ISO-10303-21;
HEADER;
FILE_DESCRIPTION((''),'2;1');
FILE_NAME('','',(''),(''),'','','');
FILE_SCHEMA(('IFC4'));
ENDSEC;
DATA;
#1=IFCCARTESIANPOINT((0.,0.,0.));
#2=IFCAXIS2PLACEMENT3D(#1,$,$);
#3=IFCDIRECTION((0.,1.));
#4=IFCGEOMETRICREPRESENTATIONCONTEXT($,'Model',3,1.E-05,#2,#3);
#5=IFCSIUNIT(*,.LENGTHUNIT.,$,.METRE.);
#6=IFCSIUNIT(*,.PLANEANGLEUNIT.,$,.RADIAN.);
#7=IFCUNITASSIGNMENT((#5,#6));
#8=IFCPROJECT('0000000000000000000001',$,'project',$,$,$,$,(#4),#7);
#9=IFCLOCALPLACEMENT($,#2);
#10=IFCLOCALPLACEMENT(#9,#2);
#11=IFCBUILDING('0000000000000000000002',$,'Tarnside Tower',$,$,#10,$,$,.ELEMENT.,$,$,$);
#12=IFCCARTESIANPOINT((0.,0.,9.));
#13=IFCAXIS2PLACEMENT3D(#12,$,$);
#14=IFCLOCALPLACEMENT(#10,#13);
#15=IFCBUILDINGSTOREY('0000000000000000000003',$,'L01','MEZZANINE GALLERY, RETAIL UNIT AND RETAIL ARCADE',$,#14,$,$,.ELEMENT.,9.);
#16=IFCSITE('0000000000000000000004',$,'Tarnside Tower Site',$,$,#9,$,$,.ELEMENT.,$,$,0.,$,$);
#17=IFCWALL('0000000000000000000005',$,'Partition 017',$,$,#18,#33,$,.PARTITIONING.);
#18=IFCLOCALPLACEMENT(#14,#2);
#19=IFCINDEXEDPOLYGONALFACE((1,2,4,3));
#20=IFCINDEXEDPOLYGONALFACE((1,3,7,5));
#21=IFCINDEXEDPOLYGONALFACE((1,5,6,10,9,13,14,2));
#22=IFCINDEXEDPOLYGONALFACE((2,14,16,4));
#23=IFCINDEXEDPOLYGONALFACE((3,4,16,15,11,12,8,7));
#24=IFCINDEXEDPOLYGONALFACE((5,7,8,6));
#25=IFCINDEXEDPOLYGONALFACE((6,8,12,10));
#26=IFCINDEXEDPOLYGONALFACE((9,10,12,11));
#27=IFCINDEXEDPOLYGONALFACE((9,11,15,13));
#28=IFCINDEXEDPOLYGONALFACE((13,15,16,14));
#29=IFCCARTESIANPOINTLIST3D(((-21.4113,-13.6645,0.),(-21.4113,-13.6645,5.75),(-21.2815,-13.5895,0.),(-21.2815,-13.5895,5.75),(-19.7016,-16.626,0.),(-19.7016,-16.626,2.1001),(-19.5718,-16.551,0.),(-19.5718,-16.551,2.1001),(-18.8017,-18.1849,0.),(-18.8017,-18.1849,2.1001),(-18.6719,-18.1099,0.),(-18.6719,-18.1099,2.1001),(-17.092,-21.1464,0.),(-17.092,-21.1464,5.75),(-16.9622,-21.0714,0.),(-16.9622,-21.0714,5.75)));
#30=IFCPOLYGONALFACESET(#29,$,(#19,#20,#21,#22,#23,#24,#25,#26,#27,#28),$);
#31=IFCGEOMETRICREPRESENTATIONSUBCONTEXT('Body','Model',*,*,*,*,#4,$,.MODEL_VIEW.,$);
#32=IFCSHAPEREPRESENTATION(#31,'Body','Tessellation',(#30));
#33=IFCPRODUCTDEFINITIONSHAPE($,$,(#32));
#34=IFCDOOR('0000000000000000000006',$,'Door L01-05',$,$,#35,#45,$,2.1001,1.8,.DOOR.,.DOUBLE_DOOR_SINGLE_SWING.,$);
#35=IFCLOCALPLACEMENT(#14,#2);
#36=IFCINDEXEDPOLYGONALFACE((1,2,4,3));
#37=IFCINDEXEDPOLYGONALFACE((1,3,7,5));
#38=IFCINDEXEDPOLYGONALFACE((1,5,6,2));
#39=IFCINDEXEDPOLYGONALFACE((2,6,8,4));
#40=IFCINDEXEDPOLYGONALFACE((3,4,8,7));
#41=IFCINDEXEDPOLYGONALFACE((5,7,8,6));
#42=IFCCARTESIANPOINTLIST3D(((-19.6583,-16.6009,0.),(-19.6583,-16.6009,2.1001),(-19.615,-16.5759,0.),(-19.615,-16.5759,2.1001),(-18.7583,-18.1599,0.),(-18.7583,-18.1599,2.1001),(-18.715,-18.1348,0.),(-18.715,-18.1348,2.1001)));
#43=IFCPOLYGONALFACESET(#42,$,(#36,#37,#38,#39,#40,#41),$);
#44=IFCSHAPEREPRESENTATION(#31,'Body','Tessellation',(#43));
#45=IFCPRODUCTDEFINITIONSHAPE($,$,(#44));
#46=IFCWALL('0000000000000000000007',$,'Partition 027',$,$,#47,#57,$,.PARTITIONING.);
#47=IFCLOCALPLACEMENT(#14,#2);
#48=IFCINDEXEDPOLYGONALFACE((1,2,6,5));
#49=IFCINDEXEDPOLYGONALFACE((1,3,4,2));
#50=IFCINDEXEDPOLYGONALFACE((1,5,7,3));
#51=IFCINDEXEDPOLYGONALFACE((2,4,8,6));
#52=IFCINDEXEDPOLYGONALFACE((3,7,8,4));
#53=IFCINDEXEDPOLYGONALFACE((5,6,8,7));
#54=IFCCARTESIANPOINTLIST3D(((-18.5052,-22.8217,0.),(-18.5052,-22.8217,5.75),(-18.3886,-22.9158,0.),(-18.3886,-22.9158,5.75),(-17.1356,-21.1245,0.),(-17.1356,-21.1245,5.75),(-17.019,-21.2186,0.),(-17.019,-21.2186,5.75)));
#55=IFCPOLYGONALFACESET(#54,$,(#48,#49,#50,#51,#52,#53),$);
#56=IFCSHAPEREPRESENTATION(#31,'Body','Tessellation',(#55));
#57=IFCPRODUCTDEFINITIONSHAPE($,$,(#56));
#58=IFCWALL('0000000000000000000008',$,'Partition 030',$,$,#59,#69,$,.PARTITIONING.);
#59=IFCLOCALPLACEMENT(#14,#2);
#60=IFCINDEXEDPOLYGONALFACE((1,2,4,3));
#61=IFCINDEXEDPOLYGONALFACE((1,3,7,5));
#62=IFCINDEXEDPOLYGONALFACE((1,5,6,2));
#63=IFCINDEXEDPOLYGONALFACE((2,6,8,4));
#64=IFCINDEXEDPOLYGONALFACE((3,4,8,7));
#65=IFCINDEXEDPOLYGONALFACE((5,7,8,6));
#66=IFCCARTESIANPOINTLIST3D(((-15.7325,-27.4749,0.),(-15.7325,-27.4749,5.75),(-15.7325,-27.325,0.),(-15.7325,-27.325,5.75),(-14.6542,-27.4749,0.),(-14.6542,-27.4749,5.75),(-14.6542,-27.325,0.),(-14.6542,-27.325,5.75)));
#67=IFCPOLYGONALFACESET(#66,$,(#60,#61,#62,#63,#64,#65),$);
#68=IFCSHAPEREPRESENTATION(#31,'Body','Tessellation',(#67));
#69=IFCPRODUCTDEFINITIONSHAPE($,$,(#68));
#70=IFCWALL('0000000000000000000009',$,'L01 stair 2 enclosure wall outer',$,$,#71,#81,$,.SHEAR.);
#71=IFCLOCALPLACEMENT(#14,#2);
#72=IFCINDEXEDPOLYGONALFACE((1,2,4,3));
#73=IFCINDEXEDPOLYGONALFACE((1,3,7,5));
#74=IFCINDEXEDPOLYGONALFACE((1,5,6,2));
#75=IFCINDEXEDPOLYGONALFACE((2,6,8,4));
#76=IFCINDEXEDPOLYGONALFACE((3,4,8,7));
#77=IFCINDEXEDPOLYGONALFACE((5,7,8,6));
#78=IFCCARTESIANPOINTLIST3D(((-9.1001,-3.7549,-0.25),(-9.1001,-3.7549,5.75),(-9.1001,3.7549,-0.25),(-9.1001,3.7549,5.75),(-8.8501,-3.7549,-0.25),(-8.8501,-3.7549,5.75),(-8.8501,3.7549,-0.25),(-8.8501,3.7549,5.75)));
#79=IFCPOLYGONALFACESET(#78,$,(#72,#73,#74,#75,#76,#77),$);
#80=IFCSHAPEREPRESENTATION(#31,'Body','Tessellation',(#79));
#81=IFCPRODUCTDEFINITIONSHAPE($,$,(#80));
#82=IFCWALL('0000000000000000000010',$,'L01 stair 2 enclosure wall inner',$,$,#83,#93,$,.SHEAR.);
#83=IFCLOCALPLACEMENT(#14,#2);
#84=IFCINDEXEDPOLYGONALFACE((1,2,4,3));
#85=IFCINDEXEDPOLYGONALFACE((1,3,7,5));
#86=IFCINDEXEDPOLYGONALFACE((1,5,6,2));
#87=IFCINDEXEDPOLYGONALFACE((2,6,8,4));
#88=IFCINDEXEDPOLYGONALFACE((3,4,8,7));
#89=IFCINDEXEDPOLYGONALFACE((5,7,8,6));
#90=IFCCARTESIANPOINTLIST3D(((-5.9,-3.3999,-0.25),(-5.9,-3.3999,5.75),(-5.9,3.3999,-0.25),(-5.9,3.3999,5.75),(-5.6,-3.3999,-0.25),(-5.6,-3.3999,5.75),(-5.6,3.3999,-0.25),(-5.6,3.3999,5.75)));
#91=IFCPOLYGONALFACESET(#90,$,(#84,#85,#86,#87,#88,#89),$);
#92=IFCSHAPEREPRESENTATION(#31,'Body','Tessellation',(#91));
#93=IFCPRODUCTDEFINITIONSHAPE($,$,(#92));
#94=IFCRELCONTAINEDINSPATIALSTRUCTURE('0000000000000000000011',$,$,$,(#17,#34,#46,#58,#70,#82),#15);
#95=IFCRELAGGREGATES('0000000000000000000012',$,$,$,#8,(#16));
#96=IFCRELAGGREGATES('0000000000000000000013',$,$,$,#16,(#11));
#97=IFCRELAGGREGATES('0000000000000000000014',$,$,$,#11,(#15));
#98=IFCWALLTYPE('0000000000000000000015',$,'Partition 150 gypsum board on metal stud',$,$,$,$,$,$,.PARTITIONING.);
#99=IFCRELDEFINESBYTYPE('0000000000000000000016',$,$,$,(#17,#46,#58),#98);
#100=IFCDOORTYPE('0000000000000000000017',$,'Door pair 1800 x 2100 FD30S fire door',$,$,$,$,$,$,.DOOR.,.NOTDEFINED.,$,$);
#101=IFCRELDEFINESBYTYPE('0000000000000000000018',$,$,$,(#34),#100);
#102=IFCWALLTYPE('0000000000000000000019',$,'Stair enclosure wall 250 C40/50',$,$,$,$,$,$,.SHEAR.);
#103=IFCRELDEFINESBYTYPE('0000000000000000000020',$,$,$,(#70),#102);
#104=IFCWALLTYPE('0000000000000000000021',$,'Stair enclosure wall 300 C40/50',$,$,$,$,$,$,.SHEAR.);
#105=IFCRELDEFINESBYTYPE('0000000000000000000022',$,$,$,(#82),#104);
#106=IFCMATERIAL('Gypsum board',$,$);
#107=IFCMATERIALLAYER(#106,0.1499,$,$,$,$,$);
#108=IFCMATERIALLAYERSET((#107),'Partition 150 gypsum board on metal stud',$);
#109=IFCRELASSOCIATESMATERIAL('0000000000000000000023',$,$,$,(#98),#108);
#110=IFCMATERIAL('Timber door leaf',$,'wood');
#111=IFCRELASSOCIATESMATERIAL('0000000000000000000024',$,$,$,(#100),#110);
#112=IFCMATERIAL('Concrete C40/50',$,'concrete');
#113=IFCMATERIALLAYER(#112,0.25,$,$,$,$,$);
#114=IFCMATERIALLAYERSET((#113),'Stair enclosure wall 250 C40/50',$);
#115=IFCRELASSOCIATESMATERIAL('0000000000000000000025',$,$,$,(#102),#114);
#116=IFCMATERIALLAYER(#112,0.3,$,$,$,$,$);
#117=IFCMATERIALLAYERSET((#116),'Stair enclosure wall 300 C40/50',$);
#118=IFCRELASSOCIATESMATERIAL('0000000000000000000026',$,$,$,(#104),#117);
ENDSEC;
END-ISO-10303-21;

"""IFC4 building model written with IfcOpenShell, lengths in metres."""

from ifc_helpers import new_model, si_unit, direction, frame, frame_2d, origin, place, context, subcontext, project, spatial, rectangle, extrude, material, layer, layer_set, type_object, element, fill, save


model = new_model("IFC4")

# Units and contexts
model_context = context("Model", 3, precision=1e-05, world=origin(), true_north=direction((0.0, 1.0)))
body_context = subcontext(model_context, "Body", "Model", "MODEL_VIEW")
ifc_project = project(units=[si_unit("LENGTHUNIT", "METRE"), si_unit("PLANEANGLEUNIT", "RADIAN")], contexts=[model_context])

# Site, building, storey
site_placement = place(None, origin())
site = spatial("IfcSite", under=ifc_project, at=site_placement, Name="Tarnside Tower Site", CompositionType="ELEMENT", RefElevation=0.0)
building_placement = place(site_placement, origin())
building = spatial("IfcBuilding", under=site, at=building_placement, Name="Tarnside Tower", CompositionType="ELEMENT")
storey_placement = place(building_placement, frame((0.0, 0.0, 9.0)))
storey = spatial("IfcBuildingStorey", under=building, at=storey_placement, Name="L01", Description="MEZZANINE GALLERY, RETAIL UNIT AND RETAIL ARCADE", CompositionType="ELEMENT", Elevation=9.0)

# Shared definitions
ifc_material_1 = material(Name="Concrete C40/50", Category="concrete")

# Wall, opening, door
ifc_material_2 = material(Name="Gypsum board")
ifc_layer_1 = layer(ifc_material_2, 0.1499)
ifc_layer_set_1 = layer_set([ifc_layer_1], Name="Partition 150 gypsum board on metal stud")
wall_type_1 = type_object("IfcWallType", Name="Partition 150 gypsum board on metal stud", PredefinedType="PARTITIONING", material=ifc_layer_set_1)
wall_1_placement = place(storey_placement, frame((-17.0271, -21.1089, 0.0), z_axis=(0.0, 0.0, 1.0), x_axis=(-0.499969, 0.866043, 0.0)))
wall_1 = element("IfcWall", 1, at=wall_1_placement, inside=storey, type_object=wall_type_1, Name="Partition 017", PredefinedType="PARTITIONING", context=body_context, shape_type="SweptSolid", body=[
    extrude(rectangle(XDim=8.6392, YDim=0.1499, at=frame_2d((4.3196, 0.0))), origin(), (0.0, 0.0, 1.0), 5.75),
])
opening_1_placement = place(wall_1_placement, frame((3.4197, 0.0, 0.0)))
opening_1 = element("IfcOpeningElement", 2, at=opening_1_placement, cuts=wall_1, PredefinedType="OPENING", context=body_context, shape_type="SweptSolid", body=[
    extrude(rectangle(XDim=1.8, YDim=2.1001, at=frame_2d((0.8999, 1.05))), frame((0.0, 0.085, 0.0), z_axis=(0.0, -1.0, 0.0), x_axis=(1.0, 0.0, 0.0)), (0.0, 0.0, 1.0), 0.1699),
])
ifc_material_3 = material(Name="Timber door leaf", Category="wood")
door_type_1 = type_object("IfcDoorType", Name="Door pair 1800 x 2100 FD30S fire door", OperationType="NOTDEFINED", PredefinedType="DOOR", material=ifc_material_3)
door_1_placement = place(opening_1_placement, origin())
door_1 = element("IfcDoor", 3, at=door_1_placement, inside=storey, type_object=door_type_1, Name="Door L01-05", OperationType="DOUBLE_DOOR_SINGLE_SWING", OverallHeight=2.1001, OverallWidth=1.8, PredefinedType="DOOR", context=body_context, shape_type="SweptSolid", body=[
    extrude(rectangle(XDim=1.8, YDim=2.1001, at=frame_2d((0.8999, 1.05))), frame((0.0, 0.0249, 0.0), z_axis=(0.0, -1.0, 0.0), x_axis=(1.0, 0.0, 0.0)), (0.0, 0.0, 1.0), 0.05),
])
fill(opening_1, door_1)

# Walls
wall_2_placement = place(storey_placement, frame((-17.0774, -21.1716, 0.0), z_axis=(0.0, 0.0, 1.0), x_axis=(-0.627993, -0.778219, 0.0)))
element("IfcWall", 4, at=wall_2_placement, inside=storey, type_object=wall_type_1, Name="Partition 027", PredefinedType="PARTITIONING", context=body_context, shape_type="SweptSolid", body=[
    extrude(rectangle(XDim=2.1809, YDim=0.1499, at=frame_2d((1.0903, 0.0))), origin(), (0.0, 0.0, 1.0), 5.75),
])
wall_3_placement = place(storey_placement, frame((-15.7324, -27.3999, 0.0), z_axis=(0.0, 0.0, 1.0), x_axis=(1.0, 0.0, 0.0)))
element("IfcWall", 5, at=wall_3_placement, inside=storey, type_object=wall_type_1, Name="Partition 030", PredefinedType="PARTITIONING", context=body_context, shape_type="SweptSolid", body=[
    extrude(rectangle(XDim=1.0784, YDim=0.1499, at=frame_2d((0.5391, 0.0))), origin(), (0.0, 0.0, 1.0), 5.75),
])
ifc_layer_2 = layer(ifc_material_1, 0.25)
ifc_layer_set_2 = layer_set([ifc_layer_2], Name="Stair enclosure wall 250 C40/50")
wall_type_2 = type_object("IfcWallType", Name="Stair enclosure wall 250 C40/50", PredefinedType="SHEAR", material=ifc_layer_set_2)
wall_4_placement = place(storey_placement, frame((-8.9751, -3.7549, -0.25), z_axis=(0.0, 0.0, 1.0), x_axis=(0.0, 1.0, 0.0)))
element("IfcWall", 6, at=wall_4_placement, inside=storey, type_object=wall_type_2, Name="L01 stair 2 enclosure wall outer", PredefinedType="SHEAR", context=body_context, shape_type="SweptSolid", body=[
    extrude(rectangle(XDim=7.5098, YDim=0.25, at=frame_2d((3.7549, 0.0))), origin(), (0.0, 0.0, 1.0), 6.0),
])
ifc_layer_3 = layer(ifc_material_1, 0.3)
ifc_layer_set_3 = layer_set([ifc_layer_3], Name="Stair enclosure wall 300 C40/50")
wall_type_3 = type_object("IfcWallType", Name="Stair enclosure wall 300 C40/50", PredefinedType="SHEAR", material=ifc_layer_set_3)
wall_5_placement = place(storey_placement, frame((-5.75, -3.3999, -0.25), z_axis=(0.0, 0.0, 1.0), x_axis=(0.0, 1.0, 0.0)))
element("IfcWall", 7, at=wall_5_placement, inside=storey, type_object=wall_type_3, Name="L01 stair 2 enclosure wall inner", PredefinedType="SHEAR", context=body_context, shape_type="SweptSolid", body=[
    extrude(rectangle(XDim=6.7998, YDim=0.3, at=frame_2d((3.3999, 0.0))), origin(), (0.0, 0.0, 1.0), 6.0),
])

save(model, "model.ifc")
